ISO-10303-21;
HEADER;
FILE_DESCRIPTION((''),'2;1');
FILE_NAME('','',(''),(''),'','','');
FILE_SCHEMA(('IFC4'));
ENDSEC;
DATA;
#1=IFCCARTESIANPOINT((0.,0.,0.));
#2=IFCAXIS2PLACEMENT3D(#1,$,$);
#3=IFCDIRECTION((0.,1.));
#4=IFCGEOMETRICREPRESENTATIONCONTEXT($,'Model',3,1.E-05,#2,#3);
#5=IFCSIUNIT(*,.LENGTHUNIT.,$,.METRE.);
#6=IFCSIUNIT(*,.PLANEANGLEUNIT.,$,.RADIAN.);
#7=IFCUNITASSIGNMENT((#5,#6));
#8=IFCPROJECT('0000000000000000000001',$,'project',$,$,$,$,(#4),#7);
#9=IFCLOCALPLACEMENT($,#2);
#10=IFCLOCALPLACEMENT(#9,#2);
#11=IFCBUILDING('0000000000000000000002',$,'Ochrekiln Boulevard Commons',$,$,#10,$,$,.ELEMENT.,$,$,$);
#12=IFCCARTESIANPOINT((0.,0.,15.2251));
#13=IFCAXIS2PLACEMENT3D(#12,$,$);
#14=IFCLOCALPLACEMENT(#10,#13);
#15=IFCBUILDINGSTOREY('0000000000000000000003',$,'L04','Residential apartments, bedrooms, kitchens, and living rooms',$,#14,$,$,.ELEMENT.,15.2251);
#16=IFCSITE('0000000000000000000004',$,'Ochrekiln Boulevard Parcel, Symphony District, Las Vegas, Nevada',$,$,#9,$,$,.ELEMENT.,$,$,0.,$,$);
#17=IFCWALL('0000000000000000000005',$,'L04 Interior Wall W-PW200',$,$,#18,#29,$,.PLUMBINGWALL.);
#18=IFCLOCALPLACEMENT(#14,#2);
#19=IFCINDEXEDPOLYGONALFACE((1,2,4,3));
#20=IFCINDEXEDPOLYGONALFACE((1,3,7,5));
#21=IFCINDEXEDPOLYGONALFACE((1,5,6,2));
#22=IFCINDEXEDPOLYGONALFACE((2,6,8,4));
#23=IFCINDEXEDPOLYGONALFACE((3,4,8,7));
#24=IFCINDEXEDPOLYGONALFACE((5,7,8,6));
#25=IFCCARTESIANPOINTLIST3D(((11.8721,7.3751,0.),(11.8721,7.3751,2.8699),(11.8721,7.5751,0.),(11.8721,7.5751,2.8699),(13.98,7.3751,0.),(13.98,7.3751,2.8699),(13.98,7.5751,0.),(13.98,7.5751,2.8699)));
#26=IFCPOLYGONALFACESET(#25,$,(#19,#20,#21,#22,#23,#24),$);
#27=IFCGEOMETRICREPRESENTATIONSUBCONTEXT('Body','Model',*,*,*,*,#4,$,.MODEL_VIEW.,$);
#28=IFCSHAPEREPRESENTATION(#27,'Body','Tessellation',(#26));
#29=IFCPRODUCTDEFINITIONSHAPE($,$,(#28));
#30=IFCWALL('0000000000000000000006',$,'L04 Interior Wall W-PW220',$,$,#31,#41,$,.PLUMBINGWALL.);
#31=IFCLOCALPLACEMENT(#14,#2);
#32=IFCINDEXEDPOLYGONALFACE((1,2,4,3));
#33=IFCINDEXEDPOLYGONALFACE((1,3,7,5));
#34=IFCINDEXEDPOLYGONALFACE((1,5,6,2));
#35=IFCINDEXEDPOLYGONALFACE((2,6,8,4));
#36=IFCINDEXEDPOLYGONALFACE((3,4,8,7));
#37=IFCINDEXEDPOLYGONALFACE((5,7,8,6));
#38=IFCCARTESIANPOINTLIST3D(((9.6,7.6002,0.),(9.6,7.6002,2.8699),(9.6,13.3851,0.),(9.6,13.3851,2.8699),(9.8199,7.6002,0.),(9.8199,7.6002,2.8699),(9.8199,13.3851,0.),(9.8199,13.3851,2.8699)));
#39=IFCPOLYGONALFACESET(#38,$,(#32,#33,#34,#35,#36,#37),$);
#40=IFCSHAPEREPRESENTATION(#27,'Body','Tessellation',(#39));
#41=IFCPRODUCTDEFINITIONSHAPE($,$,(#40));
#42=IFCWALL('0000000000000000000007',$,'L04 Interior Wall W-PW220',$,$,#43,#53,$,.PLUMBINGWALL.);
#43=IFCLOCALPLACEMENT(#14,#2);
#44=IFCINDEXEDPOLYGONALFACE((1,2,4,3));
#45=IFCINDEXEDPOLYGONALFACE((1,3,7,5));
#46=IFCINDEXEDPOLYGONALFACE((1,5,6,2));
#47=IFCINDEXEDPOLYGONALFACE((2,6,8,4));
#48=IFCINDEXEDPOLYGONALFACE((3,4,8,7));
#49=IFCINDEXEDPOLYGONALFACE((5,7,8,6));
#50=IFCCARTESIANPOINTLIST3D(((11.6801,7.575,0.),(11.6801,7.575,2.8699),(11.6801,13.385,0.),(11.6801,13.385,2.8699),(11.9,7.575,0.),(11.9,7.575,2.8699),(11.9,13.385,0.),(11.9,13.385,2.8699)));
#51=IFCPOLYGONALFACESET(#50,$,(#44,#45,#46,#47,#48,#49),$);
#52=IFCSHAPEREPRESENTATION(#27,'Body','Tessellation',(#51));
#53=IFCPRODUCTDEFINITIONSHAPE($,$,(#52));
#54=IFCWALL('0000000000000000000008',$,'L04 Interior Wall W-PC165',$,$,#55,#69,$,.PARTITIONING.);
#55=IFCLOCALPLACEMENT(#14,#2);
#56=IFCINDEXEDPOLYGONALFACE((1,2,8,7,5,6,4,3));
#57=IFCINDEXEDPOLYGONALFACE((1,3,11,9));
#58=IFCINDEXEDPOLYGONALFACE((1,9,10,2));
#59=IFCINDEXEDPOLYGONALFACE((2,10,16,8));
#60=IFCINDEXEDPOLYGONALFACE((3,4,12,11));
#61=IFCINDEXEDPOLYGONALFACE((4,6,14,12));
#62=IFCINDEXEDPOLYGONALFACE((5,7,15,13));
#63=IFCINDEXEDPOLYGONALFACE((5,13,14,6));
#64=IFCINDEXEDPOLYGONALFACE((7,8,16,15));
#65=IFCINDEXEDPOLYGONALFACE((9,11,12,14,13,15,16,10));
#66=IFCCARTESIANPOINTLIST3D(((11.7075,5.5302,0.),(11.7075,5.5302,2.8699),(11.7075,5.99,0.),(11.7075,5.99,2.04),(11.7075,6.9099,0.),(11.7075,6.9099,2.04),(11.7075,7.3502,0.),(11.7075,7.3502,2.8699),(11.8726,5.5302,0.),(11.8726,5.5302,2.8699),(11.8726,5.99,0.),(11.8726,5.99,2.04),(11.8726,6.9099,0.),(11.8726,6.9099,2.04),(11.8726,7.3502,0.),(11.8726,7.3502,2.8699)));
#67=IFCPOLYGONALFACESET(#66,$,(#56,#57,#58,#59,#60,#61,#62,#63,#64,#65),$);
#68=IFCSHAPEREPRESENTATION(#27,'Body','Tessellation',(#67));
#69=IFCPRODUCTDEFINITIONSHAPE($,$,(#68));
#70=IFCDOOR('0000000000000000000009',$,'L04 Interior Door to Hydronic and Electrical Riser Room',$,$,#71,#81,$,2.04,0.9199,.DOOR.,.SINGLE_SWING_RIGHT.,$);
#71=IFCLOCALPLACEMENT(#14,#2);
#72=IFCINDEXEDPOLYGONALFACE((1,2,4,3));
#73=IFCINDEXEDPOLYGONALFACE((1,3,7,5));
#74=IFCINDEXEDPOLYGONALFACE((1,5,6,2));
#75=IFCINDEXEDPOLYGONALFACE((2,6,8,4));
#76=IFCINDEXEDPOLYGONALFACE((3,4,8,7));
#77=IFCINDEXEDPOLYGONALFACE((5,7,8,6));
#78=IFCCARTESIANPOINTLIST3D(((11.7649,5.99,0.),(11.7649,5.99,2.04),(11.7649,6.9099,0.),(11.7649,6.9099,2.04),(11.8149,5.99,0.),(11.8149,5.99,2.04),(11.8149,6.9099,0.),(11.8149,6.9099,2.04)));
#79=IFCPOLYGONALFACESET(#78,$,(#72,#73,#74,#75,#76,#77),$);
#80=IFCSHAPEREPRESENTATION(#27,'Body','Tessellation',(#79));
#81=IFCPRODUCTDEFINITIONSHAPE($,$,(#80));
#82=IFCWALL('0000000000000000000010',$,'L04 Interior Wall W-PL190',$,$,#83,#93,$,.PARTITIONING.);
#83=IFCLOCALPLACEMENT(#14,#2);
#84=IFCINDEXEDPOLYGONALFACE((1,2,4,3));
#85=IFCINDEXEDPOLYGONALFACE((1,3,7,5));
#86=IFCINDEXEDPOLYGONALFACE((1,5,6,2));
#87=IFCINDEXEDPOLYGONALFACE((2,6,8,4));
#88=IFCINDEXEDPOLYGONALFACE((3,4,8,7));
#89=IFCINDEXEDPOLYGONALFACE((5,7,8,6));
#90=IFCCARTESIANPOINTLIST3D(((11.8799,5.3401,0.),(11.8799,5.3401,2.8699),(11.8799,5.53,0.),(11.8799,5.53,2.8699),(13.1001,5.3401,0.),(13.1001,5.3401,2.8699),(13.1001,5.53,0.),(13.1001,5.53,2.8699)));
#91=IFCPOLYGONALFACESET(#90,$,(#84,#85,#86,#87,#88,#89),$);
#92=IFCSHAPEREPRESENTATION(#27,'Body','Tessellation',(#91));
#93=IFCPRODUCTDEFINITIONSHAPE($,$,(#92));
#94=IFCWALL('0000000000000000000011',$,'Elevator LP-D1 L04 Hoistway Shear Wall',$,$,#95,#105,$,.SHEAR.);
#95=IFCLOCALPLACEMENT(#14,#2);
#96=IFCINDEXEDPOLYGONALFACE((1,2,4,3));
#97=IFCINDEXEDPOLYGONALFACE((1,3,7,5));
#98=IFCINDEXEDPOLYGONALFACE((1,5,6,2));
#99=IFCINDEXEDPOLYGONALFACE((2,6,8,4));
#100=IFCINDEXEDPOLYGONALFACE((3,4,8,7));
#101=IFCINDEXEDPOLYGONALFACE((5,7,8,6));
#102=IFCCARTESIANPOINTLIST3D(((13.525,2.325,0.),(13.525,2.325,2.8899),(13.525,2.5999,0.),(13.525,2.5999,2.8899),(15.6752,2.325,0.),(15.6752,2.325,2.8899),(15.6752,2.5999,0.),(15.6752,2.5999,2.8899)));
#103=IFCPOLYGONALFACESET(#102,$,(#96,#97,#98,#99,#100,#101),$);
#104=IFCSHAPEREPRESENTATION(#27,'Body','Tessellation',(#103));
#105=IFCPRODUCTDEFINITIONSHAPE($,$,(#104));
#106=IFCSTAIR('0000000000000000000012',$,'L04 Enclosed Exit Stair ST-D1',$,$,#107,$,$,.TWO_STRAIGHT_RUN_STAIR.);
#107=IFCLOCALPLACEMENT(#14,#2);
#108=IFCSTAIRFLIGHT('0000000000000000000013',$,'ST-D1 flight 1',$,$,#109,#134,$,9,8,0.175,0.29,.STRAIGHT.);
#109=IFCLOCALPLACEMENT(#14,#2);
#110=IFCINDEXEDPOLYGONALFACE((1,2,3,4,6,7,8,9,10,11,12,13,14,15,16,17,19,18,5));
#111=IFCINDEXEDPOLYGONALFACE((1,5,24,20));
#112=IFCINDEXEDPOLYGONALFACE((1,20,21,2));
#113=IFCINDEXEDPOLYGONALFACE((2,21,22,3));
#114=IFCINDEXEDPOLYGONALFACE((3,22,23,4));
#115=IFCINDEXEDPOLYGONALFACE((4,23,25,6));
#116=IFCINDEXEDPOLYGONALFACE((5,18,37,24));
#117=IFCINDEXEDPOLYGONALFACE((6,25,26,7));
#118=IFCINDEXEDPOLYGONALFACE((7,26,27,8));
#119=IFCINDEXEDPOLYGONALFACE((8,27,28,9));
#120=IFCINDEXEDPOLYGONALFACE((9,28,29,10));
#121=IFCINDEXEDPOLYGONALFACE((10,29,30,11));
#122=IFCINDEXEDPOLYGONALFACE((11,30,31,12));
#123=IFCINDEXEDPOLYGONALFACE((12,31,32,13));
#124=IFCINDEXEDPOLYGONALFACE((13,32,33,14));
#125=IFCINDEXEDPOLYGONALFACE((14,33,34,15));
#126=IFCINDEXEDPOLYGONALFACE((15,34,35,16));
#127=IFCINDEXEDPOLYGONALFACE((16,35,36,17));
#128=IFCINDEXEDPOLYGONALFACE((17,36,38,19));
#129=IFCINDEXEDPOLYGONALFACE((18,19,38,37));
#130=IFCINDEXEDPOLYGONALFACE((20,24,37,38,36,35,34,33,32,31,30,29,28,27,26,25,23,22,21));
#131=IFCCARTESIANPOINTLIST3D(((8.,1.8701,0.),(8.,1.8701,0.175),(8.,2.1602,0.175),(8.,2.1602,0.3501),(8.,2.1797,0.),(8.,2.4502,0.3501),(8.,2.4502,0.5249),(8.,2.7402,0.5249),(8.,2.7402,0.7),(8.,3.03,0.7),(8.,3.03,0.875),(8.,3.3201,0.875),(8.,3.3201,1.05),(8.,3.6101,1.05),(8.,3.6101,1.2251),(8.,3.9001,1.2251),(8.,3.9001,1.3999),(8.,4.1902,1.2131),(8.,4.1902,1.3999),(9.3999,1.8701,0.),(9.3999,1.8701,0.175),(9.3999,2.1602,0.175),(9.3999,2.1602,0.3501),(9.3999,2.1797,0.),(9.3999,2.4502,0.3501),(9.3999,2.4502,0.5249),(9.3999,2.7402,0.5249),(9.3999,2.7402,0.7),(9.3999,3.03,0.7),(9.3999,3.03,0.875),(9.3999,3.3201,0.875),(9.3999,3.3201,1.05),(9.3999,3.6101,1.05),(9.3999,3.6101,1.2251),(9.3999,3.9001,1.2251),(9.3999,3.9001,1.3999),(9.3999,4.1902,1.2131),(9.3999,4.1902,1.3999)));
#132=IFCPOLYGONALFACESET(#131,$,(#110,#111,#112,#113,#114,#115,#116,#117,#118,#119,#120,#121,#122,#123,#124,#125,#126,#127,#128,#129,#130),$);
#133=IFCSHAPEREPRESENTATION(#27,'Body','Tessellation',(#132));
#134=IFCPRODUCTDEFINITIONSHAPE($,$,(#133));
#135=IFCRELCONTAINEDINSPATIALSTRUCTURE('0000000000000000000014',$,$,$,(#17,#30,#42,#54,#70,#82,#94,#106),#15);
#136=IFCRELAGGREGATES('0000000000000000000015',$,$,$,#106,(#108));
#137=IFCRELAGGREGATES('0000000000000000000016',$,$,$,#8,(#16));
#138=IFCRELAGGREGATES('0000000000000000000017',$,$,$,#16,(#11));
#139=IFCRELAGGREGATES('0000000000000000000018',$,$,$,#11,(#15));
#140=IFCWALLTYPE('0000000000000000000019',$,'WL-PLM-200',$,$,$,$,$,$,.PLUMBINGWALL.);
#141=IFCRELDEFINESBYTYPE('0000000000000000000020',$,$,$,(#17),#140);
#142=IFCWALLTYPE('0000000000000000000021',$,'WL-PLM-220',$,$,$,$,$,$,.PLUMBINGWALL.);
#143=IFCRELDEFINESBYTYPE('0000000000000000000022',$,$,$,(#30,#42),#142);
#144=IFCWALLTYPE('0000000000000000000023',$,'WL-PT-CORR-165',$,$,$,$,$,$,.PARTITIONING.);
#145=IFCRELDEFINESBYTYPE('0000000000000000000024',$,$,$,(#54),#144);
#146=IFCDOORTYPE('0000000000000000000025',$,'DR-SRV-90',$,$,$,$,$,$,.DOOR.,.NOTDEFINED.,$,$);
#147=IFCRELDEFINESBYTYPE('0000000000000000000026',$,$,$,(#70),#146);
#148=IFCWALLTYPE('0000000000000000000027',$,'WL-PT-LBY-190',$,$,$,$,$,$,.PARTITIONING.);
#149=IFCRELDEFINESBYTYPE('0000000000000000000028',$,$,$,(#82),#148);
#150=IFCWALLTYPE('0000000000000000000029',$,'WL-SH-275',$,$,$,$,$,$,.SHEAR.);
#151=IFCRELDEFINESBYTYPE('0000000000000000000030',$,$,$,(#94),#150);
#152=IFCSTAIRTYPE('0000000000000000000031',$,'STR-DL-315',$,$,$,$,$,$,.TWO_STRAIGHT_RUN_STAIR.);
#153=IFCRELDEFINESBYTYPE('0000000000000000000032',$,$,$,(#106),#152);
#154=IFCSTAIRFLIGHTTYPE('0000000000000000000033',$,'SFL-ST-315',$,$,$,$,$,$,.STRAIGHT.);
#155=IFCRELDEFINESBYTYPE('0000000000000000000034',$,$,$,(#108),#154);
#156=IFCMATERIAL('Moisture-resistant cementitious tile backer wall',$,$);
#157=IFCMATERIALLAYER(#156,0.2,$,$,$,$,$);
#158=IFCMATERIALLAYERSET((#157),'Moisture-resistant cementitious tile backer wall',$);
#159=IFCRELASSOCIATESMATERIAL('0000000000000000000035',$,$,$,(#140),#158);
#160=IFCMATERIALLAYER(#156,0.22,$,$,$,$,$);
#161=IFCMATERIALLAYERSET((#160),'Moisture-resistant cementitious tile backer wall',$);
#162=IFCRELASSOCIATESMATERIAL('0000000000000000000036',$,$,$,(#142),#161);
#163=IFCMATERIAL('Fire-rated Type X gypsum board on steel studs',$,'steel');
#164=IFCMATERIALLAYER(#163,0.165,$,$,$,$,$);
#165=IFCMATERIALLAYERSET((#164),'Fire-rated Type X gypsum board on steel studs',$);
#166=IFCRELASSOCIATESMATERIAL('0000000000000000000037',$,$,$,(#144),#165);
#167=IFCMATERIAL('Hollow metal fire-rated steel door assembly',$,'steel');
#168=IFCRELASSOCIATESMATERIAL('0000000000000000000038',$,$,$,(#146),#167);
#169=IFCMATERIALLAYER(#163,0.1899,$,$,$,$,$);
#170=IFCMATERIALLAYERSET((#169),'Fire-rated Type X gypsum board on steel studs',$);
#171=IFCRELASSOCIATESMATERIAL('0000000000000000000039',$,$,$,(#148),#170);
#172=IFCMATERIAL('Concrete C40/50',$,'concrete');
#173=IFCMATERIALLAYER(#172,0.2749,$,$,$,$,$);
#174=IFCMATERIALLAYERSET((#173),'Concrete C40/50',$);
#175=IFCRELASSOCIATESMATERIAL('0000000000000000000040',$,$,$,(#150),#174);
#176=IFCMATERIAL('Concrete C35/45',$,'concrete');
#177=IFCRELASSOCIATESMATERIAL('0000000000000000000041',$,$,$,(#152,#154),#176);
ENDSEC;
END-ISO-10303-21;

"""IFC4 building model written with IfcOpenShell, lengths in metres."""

from ifc_helpers import new_model, si_unit, direction, frame, frame_2d, origin, place, context, subcontext, project, spatial, polyline, rectangle, outline, extrude, material, layer, layer_set, type_object, element, fill, aggregate, save


model = new_model("IFC4")

# Units and contexts
model_context = context("Model", 3, precision=1e-05, world=origin(), true_north=direction((0.0, 1.0)))
body_context = subcontext(model_context, "Body", "Model", "MODEL_VIEW")
ifc_project = project(units=[si_unit("LENGTHUNIT", "METRE"), si_unit("PLANEANGLEUNIT", "RADIAN")], contexts=[model_context])

# Site, building, storey
site_placement = place(None, origin())
site = spatial("IfcSite", under=ifc_project, at=site_placement, Name="Ochrekiln Boulevard Parcel, Symphony District, Las Vegas, Nevada", CompositionType="ELEMENT", RefElevation=0.0)
building_placement = place(site_placement, origin())
building = spatial("IfcBuilding", under=site, at=building_placement, Name="Ochrekiln Boulevard Commons", CompositionType="ELEMENT")
storey_placement = place(building_placement, frame((0.0, 0.0, 15.2251)))
storey = spatial("IfcBuildingStorey", under=building, at=storey_placement, Name="L04", Description="Residential apartments, bedrooms, kitchens, and living rooms", CompositionType="ELEMENT", Elevation=15.2251)

# Walls
ifc_material_1 = material(Name="Moisture-resistant cementitious tile backer wall")
ifc_layer_1 = layer(ifc_material_1, 0.2)
ifc_layer_set_1 = layer_set([ifc_layer_1], Name="Moisture-resistant cementitious tile backer wall")
wall_type_1 = type_object("IfcWallType", Name="WL-PLM-200", PredefinedType="PLUMBINGWALL", material=ifc_layer_set_1)
wall_1_placement = place(storey_placement, frame((11.8721, 7.4751, 0.0), z_axis=(0.0, 0.0, 1.0), x_axis=(1.0, 0.0, 0.0)))
element("IfcWall", 1, at=wall_1_placement, inside=storey, type_object=wall_type_1, Name="L04 Interior Wall W-PW200", PredefinedType="PLUMBINGWALL", context=body_context, shape_type="SweptSolid", body=[
    extrude(rectangle(XDim=2.1079, YDim=0.2, at=frame_2d((1.054, 0.0))), origin(), (0.0, 0.0, 1.0), 2.8699),
])
ifc_layer_2 = layer(ifc_material_1, 0.22)
ifc_layer_set_2 = layer_set([ifc_layer_2], Name="Moisture-resistant cementitious tile backer wall")
wall_type_2 = type_object("IfcWallType", Name="WL-PLM-220", PredefinedType="PLUMBINGWALL", material=ifc_layer_set_2)
wall_2_placement = place(storey_placement, frame((9.71, 7.6001, 0.0), z_axis=(0.0, 0.0, 1.0), x_axis=(0.0, 1.0, 0.0)))
element("IfcWall", 2, at=wall_2_placement, inside=storey, type_object=wall_type_2, Name="L04 Interior Wall W-PW220", PredefinedType="PLUMBINGWALL", context=body_context, shape_type="SweptSolid", body=[
    extrude(rectangle(XDim=5.7849, YDim=0.22, at=frame_2d((2.8926, 0.0))), origin(), (0.0, 0.0, 1.0), 2.8699),
])
wall_3_placement = place(storey_placement, frame((11.79, 7.575, 0.0), z_axis=(0.0, 0.0, 1.0), x_axis=(0.0, 1.0, 0.0)))
element("IfcWall", 3, at=wall_3_placement, inside=storey, type_object=wall_type_2, Name="L04 Interior Wall W-PW220", PredefinedType="PLUMBINGWALL", context=body_context, shape_type="SweptSolid", body=[
    extrude(rectangle(XDim=5.8101, YDim=0.22, at=frame_2d((2.905, 0.0))), origin(), (0.0, 0.0, 1.0), 2.8699),
])

# Wall, opening, door
ifc_material_2 = material(Name="Fire-rated Type X gypsum board on steel studs", Category="steel")
ifc_layer_3 = layer(ifc_material_2, 0.165)
ifc_layer_set_3 = layer_set([ifc_layer_3], Name="Fire-rated Type X gypsum board on steel studs")
wall_type_3 = type_object("IfcWallType", Name="WL-PT-CORR-165", PredefinedType="PARTITIONING", material=ifc_layer_set_3)
wall_4_placement = place(storey_placement, frame((11.79, 5.53, 0.0), z_axis=(0.0, 0.0, 1.0), x_axis=(0.0, 1.0, 0.0)))
wall_4 = element("IfcWall", 4, at=wall_4_placement, inside=storey, type_object=wall_type_3, Name="L04 Interior Wall W-PC165", PredefinedType="PARTITIONING", context=body_context, shape_type="SweptSolid", body=[
    extrude(rectangle(XDim=1.8201, YDim=0.165, at=frame_2d((0.9102, 0.0))), origin(), (0.0, 0.0, 1.0), 2.8699),
])
opening_1_placement = place(wall_4_placement, frame((0.46, 0.0, 0.0)))
opening_1 = element("IfcOpeningElement", 5, at=opening_1_placement, cuts=wall_4, PredefinedType="OPENING", context=body_context, shape_type="SweptSolid", body=[
    extrude(rectangle(XDim=0.9199, YDim=2.04, at=frame_2d((0.46, 1.02))), frame((0.0, 0.0925, 0.0), z_axis=(0.0, -1.0, 0.0), x_axis=(1.0, 0.0, 0.0)), (0.0, 0.0, 1.0), 0.1851),
])
ifc_material_3 = material(Name="Hollow metal fire-rated steel door assembly", Category="steel")
door_type_1 = type_object("IfcDoorType", Name="DR-SRV-90", OperationType="NOTDEFINED", PredefinedType="DOOR", material=ifc_material_3)
door_1_placement = place(opening_1_placement, frame((0.9199, 0.0, 0.0), z_axis=(0.0, 0.0, 1.0), x_axis=(-1.0, 0.0, 0.0)))
door_1 = element("IfcDoor", 6, at=door_1_placement, inside=storey, type_object=door_type_1, Name="L04 Interior Door to Hydronic and Electrical Riser Room", OperationType="SINGLE_SWING_RIGHT", OverallHeight=2.04, OverallWidth=0.9199, PredefinedType="DOOR", context=body_context, shape_type="SweptSolid", body=[
    extrude(rectangle(XDim=0.9199, YDim=2.04, at=frame_2d((0.46, 1.02))), frame((0.0, 0.0249, 0.0), z_axis=(0.0, -1.0, 0.0), x_axis=(1.0, 0.0, 0.0)), (0.0, 0.0, 1.0), 0.05),
])
fill(opening_1, door_1)

# Wall
ifc_layer_4 = layer(ifc_material_2, 0.1899)
ifc_layer_set_4 = layer_set([ifc_layer_4], Name="Fire-rated Type X gypsum board on steel studs")
wall_type_4 = type_object("IfcWallType", Name="WL-PT-LBY-190", PredefinedType="PARTITIONING", material=ifc_layer_set_4)
wall_5_placement = place(storey_placement, frame((11.8799, 5.4351, 0.0), z_axis=(0.0, 0.0, 1.0), x_axis=(1.0, 0.0, 0.0)))
element("IfcWall", 7, at=wall_5_placement, inside=storey, type_object=wall_type_4, Name="L04 Interior Wall W-PL190", PredefinedType="PARTITIONING", context=body_context, shape_type="SweptSolid", body=[
    extrude(rectangle(XDim=1.2202, YDim=0.1899, at=frame_2d((0.6101, 0.0))), origin(), (0.0, 0.0, 1.0), 2.8699),
])

# Wall
ifc_material_4 = material(Name="Concrete C40/50", Category="concrete")
ifc_layer_5 = layer(ifc_material_4, 0.2749)
ifc_layer_set_5 = layer_set([ifc_layer_5], Name="Concrete C40/50")
wall_type_5 = type_object("IfcWallType", Name="WL-SH-275", PredefinedType="SHEAR", material=ifc_layer_set_5)
wall_6_placement = place(storey_placement, frame((13.5249, 2.4624, 0.0), z_axis=(0.0, 0.0, 1.0), x_axis=(1.0, 0.0, 0.0)))
element("IfcWall", 8, at=wall_6_placement, inside=storey, type_object=wall_type_5, Name="Elevator LP-D1 L04 Hoistway Shear Wall", PredefinedType="SHEAR", context=body_context, shape_type="SweptSolid", body=[
    extrude(rectangle(XDim=2.1501, YDim=0.2749, at=frame_2d((1.0752, 0.0))), origin(), (0.0, 0.0, 1.0), 2.8899),
])

# Stair, stair flight
ifc_material_5 = material(Name="Concrete C35/45", Category="concrete")
stair_type = type_object("IfcStairType", Name="STR-DL-315", PredefinedType="TWO_STRAIGHT_RUN_STAIR", material=ifc_material_5)
stair_placement = place(storey_placement, origin())
stair = element("IfcStair", 9, at=stair_placement, inside=storey, type_object=stair_type, Name="L04 Enclosed Exit Stair ST-D1", PredefinedType="TWO_STRAIGHT_RUN_STAIR")
stair_flight_type = type_object("IfcStairFlightType", Name="SFL-ST-315", PredefinedType="STRAIGHT", material=ifc_material_5)
stair_flight_placement = place(storey_placement, frame((8.7, 1.8701, 0.0), z_axis=(0.0, 0.0, 1.0), x_axis=(0.0, 1.0, 0.0)))
stair_flight = element("IfcStairFlight", 10, at=stair_flight_placement, type_object=stair_flight_type, Name="ST-D1 flight 1", NumberOfRisers=9, NumberOfTreads=8, PredefinedType="STRAIGHT", RiserHeight=0.175, TreadLength=0.29, context=body_context, shape_type="SweptSolid", body=[
    extrude(outline(polyline([(0.0, 0.0), (0.0, 0.175), (0.29, 0.175), (0.29, 0.3501), (0.5801, 0.3501), (0.5801, 0.5249), (0.8701, 0.5249), (0.8701, 0.7), (1.1599, 0.7), (1.1599, 0.875), (1.45, 0.875), (1.45, 1.05), (1.74, 1.05), (1.74, 1.2251), (2.03, 1.2251), (2.03, 1.3999), (2.3201, 1.3999), (2.3201, 1.575), (2.3201, 1.2131), (0.3096, 0.0), (0.0, 0.0)])), frame((0.0, 0.7, 0.0), z_axis=(0.0, -1.0, 0.0), x_axis=(1.0, 0.0, 0.0)), (0.0, 0.0, 1.0), 1.3999),
])
aggregate(stair, [stair_flight])

save(model, "model.ifc")
